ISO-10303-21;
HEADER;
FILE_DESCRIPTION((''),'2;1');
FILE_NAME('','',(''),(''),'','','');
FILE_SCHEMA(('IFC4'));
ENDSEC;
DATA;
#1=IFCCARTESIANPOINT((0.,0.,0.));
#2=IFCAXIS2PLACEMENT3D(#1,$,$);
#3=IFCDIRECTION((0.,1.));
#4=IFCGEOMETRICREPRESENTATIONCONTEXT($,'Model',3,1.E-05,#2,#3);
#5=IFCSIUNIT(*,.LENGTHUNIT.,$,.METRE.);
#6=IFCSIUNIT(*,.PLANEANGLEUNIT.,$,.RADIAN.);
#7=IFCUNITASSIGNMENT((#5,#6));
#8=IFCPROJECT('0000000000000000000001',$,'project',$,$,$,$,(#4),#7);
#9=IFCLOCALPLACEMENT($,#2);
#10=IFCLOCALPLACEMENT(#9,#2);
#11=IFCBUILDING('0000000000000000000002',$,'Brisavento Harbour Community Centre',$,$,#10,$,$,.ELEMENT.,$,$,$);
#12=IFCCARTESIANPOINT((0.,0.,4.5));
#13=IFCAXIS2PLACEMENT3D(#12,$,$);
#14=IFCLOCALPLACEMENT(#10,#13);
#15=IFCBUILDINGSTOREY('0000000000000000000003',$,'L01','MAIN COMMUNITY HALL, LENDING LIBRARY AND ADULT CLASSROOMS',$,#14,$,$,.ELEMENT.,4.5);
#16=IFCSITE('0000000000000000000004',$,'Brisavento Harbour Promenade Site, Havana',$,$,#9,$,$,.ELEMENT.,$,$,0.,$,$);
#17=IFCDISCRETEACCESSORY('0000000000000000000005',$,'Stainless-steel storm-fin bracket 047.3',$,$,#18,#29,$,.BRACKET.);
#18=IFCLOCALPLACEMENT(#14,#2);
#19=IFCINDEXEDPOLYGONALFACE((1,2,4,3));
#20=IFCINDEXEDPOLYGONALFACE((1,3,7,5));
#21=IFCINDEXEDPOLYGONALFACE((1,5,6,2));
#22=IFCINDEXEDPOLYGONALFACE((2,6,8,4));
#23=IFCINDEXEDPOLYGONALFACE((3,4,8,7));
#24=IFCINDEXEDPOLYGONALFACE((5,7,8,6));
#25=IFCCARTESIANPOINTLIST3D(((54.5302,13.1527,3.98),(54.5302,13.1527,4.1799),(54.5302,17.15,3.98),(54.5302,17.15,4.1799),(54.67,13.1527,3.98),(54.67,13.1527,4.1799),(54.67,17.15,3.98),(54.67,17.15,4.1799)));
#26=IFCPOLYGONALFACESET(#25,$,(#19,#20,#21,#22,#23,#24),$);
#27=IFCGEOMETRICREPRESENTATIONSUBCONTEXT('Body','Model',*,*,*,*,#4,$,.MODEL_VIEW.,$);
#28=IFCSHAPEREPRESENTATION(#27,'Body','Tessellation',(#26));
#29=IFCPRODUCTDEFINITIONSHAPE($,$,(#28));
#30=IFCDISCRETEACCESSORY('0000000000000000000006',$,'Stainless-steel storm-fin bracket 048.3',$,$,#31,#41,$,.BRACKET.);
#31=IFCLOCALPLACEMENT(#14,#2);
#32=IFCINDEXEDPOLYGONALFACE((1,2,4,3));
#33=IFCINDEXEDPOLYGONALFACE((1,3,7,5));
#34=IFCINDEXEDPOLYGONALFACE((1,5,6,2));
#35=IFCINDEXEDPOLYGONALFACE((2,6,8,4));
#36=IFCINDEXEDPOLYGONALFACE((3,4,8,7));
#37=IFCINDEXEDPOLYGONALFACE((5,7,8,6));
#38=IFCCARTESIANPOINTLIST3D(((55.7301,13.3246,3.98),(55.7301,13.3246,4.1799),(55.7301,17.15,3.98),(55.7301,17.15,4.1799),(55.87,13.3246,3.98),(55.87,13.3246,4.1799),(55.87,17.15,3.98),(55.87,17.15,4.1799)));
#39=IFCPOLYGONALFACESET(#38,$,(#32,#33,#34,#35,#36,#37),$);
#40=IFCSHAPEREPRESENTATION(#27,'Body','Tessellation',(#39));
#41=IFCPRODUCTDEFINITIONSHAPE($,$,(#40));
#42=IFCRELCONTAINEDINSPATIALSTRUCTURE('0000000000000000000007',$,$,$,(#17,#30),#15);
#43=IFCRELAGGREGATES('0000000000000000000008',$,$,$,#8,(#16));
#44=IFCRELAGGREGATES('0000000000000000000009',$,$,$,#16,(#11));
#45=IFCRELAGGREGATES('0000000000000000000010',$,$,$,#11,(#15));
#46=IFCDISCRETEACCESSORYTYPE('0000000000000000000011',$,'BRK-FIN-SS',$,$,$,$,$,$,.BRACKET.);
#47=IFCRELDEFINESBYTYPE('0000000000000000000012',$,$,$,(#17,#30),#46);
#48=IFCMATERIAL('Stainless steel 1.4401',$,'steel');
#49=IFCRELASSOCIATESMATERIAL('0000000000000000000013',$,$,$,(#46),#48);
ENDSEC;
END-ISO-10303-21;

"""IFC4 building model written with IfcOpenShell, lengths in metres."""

from ifc_helpers import new_model, si_unit, direction, frame, origin, origin_2d, place, context, subcontext, project, spatial, rectangle, extrude, material, type_object, element, save


model = new_model("IFC4")

# Units and contexts
model_context = context("Model", 3, precision=1e-05, world=origin(), true_north=direction((0.0, 1.0)))
body_context = subcontext(model_context, "Body", "Model", "MODEL_VIEW")
ifc_project = project(units=[si_unit("LENGTHUNIT", "METRE"), si_unit("PLANEANGLEUNIT", "RADIAN")], contexts=[model_context])

# Site, building, storey
site_placement = place(None, origin())
site = spatial("IfcSite", under=ifc_project, at=site_placement, Name="Brisavento Harbour Promenade Site, Havana", CompositionType="ELEMENT", RefElevation=0.0)
building_placement = place(site_placement, origin())
building = spatial("IfcBuilding", under=site, at=building_placement, Name="Brisavento Harbour Community Centre", CompositionType="ELEMENT")
storey_placement = place(building_placement, frame((0.0, 0.0, 4.5)))
storey = spatial("IfcBuildingStorey", under=building, at=storey_placement, Name="L01", Description="MAIN COMMUNITY HALL, LENDING LIBRARY AND ADULT CLASSROOMS", CompositionType="ELEMENT", Elevation=4.5)

# Shared definitions
ifc_material_1 = material(Name="Stainless steel 1.4401", Category="steel")

# Discrete accessories
discrete_accessory_type = type_object("IfcDiscreteAccessoryType", Name="BRK-FIN-SS", PredefinedType="BRACKET", material=ifc_material_1)
discrete_accessory_1_placement = place(storey_placement, frame((54.6001, 15.1514, 3.98), z_axis=(0.0, 0.0, 1.0), x_axis=(0.0, -1.0, 0.0)))
element("IfcDiscreteAccessory", 1, at=discrete_accessory_1_placement, inside=storey, type_object=discrete_accessory_type, Name="Stainless-steel storm-fin bracket 047.3", PredefinedType="BRACKET", context=body_context, shape_type="SweptSolid", body=[
    extrude(rectangle(XDim=3.9973, YDim=0.1399, at=origin_2d()), origin(), (0.0, 0.0, 1.0), 0.2),
])
discrete_accessory_2_placement = place(storey_placement, frame((55.8, 15.2373, 3.98), z_axis=(0.0, 0.0, 1.0), x_axis=(0.0, -1.0, 0.0)))
element("IfcDiscreteAccessory", 2, at=discrete_accessory_2_placement, inside=storey, type_object=discrete_accessory_type, Name="Stainless-steel storm-fin bracket 048.3", PredefinedType="BRACKET", context=body_context, shape_type="SweptSolid", body=[
    extrude(rectangle(XDim=3.8254, YDim=0.1399, at=origin_2d()), origin(), (0.0, 0.0, 1.0), 0.2),
])

save(model, "model.ifc")
